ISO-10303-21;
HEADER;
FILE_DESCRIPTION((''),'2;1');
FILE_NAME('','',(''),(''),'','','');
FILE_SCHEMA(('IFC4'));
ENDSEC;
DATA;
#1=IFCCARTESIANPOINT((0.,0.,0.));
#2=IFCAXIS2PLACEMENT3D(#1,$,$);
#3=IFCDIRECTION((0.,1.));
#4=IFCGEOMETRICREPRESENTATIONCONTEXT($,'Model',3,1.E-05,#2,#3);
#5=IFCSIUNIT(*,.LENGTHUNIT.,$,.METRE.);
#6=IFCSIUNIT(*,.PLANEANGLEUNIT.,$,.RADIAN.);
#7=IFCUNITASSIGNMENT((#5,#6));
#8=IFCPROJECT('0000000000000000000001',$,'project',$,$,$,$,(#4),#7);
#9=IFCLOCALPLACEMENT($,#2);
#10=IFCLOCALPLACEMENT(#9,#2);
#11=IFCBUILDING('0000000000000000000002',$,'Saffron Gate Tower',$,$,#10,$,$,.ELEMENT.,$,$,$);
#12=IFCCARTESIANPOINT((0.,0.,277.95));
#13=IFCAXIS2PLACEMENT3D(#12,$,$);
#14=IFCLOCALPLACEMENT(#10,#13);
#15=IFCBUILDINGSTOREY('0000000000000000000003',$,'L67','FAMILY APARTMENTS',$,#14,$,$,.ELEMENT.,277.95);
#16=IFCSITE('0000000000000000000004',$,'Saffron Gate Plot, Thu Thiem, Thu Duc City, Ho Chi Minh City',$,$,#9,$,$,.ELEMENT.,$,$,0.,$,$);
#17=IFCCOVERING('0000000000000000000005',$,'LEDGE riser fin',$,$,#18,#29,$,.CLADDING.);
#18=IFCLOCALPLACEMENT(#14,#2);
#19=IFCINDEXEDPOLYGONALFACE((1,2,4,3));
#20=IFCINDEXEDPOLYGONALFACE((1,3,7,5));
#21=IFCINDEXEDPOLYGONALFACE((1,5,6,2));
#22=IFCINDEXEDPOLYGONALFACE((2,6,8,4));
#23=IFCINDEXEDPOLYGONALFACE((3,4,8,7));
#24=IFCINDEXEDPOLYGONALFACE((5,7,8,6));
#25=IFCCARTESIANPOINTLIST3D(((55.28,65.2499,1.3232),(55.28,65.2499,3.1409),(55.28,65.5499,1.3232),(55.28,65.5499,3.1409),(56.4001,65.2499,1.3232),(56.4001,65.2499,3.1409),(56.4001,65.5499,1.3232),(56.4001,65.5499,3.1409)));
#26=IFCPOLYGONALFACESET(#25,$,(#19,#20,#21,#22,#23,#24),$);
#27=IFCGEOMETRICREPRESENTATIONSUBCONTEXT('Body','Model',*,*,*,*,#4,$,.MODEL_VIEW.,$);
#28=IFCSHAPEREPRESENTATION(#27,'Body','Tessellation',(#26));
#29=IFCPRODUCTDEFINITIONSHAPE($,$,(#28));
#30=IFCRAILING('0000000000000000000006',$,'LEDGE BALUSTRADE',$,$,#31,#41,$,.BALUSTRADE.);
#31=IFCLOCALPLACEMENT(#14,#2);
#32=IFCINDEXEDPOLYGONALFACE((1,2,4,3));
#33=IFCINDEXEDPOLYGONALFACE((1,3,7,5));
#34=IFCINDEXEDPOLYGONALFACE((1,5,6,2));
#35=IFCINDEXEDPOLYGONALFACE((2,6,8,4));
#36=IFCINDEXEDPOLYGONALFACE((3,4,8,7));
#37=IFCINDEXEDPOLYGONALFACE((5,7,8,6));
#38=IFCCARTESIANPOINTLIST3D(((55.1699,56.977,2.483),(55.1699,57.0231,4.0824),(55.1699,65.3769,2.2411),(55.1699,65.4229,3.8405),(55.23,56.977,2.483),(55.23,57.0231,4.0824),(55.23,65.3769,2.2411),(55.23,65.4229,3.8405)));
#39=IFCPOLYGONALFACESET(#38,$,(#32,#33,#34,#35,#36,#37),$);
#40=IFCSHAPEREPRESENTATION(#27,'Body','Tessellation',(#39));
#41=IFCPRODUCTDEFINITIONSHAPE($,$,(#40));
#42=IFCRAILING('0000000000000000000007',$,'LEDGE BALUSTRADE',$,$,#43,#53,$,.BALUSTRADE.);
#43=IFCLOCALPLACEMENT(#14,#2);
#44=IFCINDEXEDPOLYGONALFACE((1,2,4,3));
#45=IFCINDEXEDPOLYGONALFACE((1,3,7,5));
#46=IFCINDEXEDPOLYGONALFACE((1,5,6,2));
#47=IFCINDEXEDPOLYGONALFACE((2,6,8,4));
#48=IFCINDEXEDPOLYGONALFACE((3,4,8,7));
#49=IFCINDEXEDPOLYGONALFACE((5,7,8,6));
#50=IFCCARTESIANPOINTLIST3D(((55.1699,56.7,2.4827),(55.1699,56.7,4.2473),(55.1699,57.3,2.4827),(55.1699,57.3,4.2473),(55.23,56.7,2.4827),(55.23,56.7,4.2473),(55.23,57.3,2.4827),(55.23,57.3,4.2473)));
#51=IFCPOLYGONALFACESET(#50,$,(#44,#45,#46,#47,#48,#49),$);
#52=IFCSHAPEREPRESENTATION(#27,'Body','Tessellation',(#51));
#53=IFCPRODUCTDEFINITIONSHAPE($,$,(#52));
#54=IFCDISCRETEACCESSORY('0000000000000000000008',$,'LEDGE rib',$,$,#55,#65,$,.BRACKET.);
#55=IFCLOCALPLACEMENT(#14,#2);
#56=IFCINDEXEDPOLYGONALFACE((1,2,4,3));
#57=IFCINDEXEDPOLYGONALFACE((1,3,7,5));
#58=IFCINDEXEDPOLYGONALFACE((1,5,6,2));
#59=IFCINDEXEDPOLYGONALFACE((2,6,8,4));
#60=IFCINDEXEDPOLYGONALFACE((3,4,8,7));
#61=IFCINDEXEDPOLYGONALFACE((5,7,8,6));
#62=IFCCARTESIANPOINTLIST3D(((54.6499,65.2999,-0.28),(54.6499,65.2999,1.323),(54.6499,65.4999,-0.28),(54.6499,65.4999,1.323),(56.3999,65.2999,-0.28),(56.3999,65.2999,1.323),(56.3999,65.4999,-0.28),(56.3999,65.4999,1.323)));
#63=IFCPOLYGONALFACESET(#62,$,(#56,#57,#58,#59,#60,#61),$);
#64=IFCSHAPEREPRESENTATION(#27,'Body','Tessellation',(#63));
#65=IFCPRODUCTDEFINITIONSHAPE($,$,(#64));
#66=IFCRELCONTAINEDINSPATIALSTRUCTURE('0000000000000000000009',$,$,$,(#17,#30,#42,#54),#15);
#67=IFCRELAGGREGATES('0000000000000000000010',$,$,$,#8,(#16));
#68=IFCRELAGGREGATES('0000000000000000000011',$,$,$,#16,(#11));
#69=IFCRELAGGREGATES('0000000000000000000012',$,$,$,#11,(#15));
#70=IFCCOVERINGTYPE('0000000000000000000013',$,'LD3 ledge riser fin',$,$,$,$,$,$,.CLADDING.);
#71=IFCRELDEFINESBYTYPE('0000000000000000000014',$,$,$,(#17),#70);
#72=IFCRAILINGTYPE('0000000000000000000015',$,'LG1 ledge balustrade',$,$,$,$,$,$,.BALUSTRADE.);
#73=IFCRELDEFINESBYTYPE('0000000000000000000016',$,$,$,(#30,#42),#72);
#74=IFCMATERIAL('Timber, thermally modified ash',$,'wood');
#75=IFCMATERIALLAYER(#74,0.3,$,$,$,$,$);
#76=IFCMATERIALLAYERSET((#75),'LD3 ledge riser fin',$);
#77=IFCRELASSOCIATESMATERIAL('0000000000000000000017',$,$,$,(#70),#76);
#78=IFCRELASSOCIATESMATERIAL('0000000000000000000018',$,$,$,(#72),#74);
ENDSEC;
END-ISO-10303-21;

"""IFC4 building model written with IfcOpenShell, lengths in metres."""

from ifc_helpers import new_model, si_unit, direction, frame, origin, origin_2d, place, context, subcontext, project, spatial, rectangle, extrude, material, layer, layer_set, type_object, element, save


model = new_model("IFC4")

# Units and contexts
model_context = context("Model", 3, precision=1e-05, world=origin(), true_north=direction((0.0, 1.0)))
body_context = subcontext(model_context, "Body", "Model", "MODEL_VIEW")
ifc_project = project(units=[si_unit("LENGTHUNIT", "METRE"), si_unit("PLANEANGLEUNIT", "RADIAN")], contexts=[model_context])

# Site, building, storey
site_placement = place(None, origin())
site = spatial("IfcSite", under=ifc_project, at=site_placement, Name="Saffron Gate Plot, Thu Thiem, Thu Duc City, Ho Chi Minh City", CompositionType="ELEMENT", RefElevation=0.0)
building_placement = place(site_placement, origin())
building = spatial("IfcBuilding", under=site, at=building_placement, Name="Saffron Gate Tower", CompositionType="ELEMENT")
storey_placement = place(building_placement, frame((0.0, 0.0, 277.95)))
storey = spatial("IfcBuildingStorey", under=building, at=storey_placement, Name="L67", Description="FAMILY APARTMENTS", CompositionType="ELEMENT", Elevation=277.95)

# Covering
ifc_material_1 = material(Name="Timber, thermally modified ash", Category="wood")
ifc_layer_1 = layer(ifc_material_1, 0.3)
ifc_layer_set_1 = layer_set([ifc_layer_1], Name="LD3 ledge riser fin")
covering_type_1 = type_object("IfcCoveringType", Name="LD3 ledge riser fin", PredefinedType="CLADDING", material=ifc_layer_set_1)
covering_1_placement = place(storey_placement, frame((55.8401, 65.3999, 1.3232), z_axis=(0.0, 0.0, 1.0), x_axis=(0.0, -1.0, 0.0)))
element("IfcCovering", 1, at=covering_1_placement, inside=storey, type_object=covering_type_1, Name="LEDGE riser fin", PredefinedType="CLADDING", context=body_context, shape_type="SweptSolid", body=[
    extrude(rectangle(XDim=0.3, YDim=1.1201, at=origin_2d()), origin(), (0.0, 0.0, 1.0), 1.8176),
])

# Railings
railing_type = type_object("IfcRailingType", Name="LG1 ledge balustrade", PredefinedType="BALUSTRADE", material=ifc_material_1)
railing_1_placement = place(storey_placement, frame((55.2, 65.3999, 2.2407)))
element("IfcRailing", 2, at=railing_1_placement, inside=storey, type_object=railing_type, Name="LEDGE BALUSTRADE", PredefinedType="BALUSTRADE", context=body_context, shape_type="SweptSolid", body=[
    extrude(rectangle(XDim=0.0601, YDim=1.6001, at=origin_2d()), frame((0.0, 0.0, 0.8), z_axis=(0.0, -0.999585, 0.028791), x_axis=(1.0, 0.0, 0.0)), (0.0, 0.0, 1.0), 8.4033),
])
railing_2_placement = place(storey_placement, frame((55.2, 57.3, 2.4827)))
element("IfcRailing", 3, at=railing_2_placement, inside=storey, type_object=railing_type, Name="LEDGE BALUSTRADE", PredefinedType="BALUSTRADE", context=body_context, shape_type="SweptSolid", body=[
    extrude(rectangle(XDim=0.0601, YDim=1.7646, at=origin_2d()), frame((0.0, 0.0, 0.8823), z_axis=(0.0, -1.0, 0.0), x_axis=(1.0, 0.0, 0.0)), (0.0, 0.0, 1.0), 0.6001),
])

# Discrete accessory
discrete_accessory_placement = place(storey_placement, frame((55.5249, 65.3999, -0.28), z_axis=(0.0, 0.0, 1.0), x_axis=(0.0, -1.0, 0.0)))
element("IfcDiscreteAccessory", 4, at=discrete_accessory_placement, inside=storey, Name="LEDGE rib", PredefinedType="BRACKET", context=body_context, shape_type="SweptSolid", body=[
    extrude(rectangle(XDim=0.2, YDim=1.75, at=origin_2d()), origin(), (0.0, 0.0, 1.0), 1.603),
])

save(model, "model.ifc")
